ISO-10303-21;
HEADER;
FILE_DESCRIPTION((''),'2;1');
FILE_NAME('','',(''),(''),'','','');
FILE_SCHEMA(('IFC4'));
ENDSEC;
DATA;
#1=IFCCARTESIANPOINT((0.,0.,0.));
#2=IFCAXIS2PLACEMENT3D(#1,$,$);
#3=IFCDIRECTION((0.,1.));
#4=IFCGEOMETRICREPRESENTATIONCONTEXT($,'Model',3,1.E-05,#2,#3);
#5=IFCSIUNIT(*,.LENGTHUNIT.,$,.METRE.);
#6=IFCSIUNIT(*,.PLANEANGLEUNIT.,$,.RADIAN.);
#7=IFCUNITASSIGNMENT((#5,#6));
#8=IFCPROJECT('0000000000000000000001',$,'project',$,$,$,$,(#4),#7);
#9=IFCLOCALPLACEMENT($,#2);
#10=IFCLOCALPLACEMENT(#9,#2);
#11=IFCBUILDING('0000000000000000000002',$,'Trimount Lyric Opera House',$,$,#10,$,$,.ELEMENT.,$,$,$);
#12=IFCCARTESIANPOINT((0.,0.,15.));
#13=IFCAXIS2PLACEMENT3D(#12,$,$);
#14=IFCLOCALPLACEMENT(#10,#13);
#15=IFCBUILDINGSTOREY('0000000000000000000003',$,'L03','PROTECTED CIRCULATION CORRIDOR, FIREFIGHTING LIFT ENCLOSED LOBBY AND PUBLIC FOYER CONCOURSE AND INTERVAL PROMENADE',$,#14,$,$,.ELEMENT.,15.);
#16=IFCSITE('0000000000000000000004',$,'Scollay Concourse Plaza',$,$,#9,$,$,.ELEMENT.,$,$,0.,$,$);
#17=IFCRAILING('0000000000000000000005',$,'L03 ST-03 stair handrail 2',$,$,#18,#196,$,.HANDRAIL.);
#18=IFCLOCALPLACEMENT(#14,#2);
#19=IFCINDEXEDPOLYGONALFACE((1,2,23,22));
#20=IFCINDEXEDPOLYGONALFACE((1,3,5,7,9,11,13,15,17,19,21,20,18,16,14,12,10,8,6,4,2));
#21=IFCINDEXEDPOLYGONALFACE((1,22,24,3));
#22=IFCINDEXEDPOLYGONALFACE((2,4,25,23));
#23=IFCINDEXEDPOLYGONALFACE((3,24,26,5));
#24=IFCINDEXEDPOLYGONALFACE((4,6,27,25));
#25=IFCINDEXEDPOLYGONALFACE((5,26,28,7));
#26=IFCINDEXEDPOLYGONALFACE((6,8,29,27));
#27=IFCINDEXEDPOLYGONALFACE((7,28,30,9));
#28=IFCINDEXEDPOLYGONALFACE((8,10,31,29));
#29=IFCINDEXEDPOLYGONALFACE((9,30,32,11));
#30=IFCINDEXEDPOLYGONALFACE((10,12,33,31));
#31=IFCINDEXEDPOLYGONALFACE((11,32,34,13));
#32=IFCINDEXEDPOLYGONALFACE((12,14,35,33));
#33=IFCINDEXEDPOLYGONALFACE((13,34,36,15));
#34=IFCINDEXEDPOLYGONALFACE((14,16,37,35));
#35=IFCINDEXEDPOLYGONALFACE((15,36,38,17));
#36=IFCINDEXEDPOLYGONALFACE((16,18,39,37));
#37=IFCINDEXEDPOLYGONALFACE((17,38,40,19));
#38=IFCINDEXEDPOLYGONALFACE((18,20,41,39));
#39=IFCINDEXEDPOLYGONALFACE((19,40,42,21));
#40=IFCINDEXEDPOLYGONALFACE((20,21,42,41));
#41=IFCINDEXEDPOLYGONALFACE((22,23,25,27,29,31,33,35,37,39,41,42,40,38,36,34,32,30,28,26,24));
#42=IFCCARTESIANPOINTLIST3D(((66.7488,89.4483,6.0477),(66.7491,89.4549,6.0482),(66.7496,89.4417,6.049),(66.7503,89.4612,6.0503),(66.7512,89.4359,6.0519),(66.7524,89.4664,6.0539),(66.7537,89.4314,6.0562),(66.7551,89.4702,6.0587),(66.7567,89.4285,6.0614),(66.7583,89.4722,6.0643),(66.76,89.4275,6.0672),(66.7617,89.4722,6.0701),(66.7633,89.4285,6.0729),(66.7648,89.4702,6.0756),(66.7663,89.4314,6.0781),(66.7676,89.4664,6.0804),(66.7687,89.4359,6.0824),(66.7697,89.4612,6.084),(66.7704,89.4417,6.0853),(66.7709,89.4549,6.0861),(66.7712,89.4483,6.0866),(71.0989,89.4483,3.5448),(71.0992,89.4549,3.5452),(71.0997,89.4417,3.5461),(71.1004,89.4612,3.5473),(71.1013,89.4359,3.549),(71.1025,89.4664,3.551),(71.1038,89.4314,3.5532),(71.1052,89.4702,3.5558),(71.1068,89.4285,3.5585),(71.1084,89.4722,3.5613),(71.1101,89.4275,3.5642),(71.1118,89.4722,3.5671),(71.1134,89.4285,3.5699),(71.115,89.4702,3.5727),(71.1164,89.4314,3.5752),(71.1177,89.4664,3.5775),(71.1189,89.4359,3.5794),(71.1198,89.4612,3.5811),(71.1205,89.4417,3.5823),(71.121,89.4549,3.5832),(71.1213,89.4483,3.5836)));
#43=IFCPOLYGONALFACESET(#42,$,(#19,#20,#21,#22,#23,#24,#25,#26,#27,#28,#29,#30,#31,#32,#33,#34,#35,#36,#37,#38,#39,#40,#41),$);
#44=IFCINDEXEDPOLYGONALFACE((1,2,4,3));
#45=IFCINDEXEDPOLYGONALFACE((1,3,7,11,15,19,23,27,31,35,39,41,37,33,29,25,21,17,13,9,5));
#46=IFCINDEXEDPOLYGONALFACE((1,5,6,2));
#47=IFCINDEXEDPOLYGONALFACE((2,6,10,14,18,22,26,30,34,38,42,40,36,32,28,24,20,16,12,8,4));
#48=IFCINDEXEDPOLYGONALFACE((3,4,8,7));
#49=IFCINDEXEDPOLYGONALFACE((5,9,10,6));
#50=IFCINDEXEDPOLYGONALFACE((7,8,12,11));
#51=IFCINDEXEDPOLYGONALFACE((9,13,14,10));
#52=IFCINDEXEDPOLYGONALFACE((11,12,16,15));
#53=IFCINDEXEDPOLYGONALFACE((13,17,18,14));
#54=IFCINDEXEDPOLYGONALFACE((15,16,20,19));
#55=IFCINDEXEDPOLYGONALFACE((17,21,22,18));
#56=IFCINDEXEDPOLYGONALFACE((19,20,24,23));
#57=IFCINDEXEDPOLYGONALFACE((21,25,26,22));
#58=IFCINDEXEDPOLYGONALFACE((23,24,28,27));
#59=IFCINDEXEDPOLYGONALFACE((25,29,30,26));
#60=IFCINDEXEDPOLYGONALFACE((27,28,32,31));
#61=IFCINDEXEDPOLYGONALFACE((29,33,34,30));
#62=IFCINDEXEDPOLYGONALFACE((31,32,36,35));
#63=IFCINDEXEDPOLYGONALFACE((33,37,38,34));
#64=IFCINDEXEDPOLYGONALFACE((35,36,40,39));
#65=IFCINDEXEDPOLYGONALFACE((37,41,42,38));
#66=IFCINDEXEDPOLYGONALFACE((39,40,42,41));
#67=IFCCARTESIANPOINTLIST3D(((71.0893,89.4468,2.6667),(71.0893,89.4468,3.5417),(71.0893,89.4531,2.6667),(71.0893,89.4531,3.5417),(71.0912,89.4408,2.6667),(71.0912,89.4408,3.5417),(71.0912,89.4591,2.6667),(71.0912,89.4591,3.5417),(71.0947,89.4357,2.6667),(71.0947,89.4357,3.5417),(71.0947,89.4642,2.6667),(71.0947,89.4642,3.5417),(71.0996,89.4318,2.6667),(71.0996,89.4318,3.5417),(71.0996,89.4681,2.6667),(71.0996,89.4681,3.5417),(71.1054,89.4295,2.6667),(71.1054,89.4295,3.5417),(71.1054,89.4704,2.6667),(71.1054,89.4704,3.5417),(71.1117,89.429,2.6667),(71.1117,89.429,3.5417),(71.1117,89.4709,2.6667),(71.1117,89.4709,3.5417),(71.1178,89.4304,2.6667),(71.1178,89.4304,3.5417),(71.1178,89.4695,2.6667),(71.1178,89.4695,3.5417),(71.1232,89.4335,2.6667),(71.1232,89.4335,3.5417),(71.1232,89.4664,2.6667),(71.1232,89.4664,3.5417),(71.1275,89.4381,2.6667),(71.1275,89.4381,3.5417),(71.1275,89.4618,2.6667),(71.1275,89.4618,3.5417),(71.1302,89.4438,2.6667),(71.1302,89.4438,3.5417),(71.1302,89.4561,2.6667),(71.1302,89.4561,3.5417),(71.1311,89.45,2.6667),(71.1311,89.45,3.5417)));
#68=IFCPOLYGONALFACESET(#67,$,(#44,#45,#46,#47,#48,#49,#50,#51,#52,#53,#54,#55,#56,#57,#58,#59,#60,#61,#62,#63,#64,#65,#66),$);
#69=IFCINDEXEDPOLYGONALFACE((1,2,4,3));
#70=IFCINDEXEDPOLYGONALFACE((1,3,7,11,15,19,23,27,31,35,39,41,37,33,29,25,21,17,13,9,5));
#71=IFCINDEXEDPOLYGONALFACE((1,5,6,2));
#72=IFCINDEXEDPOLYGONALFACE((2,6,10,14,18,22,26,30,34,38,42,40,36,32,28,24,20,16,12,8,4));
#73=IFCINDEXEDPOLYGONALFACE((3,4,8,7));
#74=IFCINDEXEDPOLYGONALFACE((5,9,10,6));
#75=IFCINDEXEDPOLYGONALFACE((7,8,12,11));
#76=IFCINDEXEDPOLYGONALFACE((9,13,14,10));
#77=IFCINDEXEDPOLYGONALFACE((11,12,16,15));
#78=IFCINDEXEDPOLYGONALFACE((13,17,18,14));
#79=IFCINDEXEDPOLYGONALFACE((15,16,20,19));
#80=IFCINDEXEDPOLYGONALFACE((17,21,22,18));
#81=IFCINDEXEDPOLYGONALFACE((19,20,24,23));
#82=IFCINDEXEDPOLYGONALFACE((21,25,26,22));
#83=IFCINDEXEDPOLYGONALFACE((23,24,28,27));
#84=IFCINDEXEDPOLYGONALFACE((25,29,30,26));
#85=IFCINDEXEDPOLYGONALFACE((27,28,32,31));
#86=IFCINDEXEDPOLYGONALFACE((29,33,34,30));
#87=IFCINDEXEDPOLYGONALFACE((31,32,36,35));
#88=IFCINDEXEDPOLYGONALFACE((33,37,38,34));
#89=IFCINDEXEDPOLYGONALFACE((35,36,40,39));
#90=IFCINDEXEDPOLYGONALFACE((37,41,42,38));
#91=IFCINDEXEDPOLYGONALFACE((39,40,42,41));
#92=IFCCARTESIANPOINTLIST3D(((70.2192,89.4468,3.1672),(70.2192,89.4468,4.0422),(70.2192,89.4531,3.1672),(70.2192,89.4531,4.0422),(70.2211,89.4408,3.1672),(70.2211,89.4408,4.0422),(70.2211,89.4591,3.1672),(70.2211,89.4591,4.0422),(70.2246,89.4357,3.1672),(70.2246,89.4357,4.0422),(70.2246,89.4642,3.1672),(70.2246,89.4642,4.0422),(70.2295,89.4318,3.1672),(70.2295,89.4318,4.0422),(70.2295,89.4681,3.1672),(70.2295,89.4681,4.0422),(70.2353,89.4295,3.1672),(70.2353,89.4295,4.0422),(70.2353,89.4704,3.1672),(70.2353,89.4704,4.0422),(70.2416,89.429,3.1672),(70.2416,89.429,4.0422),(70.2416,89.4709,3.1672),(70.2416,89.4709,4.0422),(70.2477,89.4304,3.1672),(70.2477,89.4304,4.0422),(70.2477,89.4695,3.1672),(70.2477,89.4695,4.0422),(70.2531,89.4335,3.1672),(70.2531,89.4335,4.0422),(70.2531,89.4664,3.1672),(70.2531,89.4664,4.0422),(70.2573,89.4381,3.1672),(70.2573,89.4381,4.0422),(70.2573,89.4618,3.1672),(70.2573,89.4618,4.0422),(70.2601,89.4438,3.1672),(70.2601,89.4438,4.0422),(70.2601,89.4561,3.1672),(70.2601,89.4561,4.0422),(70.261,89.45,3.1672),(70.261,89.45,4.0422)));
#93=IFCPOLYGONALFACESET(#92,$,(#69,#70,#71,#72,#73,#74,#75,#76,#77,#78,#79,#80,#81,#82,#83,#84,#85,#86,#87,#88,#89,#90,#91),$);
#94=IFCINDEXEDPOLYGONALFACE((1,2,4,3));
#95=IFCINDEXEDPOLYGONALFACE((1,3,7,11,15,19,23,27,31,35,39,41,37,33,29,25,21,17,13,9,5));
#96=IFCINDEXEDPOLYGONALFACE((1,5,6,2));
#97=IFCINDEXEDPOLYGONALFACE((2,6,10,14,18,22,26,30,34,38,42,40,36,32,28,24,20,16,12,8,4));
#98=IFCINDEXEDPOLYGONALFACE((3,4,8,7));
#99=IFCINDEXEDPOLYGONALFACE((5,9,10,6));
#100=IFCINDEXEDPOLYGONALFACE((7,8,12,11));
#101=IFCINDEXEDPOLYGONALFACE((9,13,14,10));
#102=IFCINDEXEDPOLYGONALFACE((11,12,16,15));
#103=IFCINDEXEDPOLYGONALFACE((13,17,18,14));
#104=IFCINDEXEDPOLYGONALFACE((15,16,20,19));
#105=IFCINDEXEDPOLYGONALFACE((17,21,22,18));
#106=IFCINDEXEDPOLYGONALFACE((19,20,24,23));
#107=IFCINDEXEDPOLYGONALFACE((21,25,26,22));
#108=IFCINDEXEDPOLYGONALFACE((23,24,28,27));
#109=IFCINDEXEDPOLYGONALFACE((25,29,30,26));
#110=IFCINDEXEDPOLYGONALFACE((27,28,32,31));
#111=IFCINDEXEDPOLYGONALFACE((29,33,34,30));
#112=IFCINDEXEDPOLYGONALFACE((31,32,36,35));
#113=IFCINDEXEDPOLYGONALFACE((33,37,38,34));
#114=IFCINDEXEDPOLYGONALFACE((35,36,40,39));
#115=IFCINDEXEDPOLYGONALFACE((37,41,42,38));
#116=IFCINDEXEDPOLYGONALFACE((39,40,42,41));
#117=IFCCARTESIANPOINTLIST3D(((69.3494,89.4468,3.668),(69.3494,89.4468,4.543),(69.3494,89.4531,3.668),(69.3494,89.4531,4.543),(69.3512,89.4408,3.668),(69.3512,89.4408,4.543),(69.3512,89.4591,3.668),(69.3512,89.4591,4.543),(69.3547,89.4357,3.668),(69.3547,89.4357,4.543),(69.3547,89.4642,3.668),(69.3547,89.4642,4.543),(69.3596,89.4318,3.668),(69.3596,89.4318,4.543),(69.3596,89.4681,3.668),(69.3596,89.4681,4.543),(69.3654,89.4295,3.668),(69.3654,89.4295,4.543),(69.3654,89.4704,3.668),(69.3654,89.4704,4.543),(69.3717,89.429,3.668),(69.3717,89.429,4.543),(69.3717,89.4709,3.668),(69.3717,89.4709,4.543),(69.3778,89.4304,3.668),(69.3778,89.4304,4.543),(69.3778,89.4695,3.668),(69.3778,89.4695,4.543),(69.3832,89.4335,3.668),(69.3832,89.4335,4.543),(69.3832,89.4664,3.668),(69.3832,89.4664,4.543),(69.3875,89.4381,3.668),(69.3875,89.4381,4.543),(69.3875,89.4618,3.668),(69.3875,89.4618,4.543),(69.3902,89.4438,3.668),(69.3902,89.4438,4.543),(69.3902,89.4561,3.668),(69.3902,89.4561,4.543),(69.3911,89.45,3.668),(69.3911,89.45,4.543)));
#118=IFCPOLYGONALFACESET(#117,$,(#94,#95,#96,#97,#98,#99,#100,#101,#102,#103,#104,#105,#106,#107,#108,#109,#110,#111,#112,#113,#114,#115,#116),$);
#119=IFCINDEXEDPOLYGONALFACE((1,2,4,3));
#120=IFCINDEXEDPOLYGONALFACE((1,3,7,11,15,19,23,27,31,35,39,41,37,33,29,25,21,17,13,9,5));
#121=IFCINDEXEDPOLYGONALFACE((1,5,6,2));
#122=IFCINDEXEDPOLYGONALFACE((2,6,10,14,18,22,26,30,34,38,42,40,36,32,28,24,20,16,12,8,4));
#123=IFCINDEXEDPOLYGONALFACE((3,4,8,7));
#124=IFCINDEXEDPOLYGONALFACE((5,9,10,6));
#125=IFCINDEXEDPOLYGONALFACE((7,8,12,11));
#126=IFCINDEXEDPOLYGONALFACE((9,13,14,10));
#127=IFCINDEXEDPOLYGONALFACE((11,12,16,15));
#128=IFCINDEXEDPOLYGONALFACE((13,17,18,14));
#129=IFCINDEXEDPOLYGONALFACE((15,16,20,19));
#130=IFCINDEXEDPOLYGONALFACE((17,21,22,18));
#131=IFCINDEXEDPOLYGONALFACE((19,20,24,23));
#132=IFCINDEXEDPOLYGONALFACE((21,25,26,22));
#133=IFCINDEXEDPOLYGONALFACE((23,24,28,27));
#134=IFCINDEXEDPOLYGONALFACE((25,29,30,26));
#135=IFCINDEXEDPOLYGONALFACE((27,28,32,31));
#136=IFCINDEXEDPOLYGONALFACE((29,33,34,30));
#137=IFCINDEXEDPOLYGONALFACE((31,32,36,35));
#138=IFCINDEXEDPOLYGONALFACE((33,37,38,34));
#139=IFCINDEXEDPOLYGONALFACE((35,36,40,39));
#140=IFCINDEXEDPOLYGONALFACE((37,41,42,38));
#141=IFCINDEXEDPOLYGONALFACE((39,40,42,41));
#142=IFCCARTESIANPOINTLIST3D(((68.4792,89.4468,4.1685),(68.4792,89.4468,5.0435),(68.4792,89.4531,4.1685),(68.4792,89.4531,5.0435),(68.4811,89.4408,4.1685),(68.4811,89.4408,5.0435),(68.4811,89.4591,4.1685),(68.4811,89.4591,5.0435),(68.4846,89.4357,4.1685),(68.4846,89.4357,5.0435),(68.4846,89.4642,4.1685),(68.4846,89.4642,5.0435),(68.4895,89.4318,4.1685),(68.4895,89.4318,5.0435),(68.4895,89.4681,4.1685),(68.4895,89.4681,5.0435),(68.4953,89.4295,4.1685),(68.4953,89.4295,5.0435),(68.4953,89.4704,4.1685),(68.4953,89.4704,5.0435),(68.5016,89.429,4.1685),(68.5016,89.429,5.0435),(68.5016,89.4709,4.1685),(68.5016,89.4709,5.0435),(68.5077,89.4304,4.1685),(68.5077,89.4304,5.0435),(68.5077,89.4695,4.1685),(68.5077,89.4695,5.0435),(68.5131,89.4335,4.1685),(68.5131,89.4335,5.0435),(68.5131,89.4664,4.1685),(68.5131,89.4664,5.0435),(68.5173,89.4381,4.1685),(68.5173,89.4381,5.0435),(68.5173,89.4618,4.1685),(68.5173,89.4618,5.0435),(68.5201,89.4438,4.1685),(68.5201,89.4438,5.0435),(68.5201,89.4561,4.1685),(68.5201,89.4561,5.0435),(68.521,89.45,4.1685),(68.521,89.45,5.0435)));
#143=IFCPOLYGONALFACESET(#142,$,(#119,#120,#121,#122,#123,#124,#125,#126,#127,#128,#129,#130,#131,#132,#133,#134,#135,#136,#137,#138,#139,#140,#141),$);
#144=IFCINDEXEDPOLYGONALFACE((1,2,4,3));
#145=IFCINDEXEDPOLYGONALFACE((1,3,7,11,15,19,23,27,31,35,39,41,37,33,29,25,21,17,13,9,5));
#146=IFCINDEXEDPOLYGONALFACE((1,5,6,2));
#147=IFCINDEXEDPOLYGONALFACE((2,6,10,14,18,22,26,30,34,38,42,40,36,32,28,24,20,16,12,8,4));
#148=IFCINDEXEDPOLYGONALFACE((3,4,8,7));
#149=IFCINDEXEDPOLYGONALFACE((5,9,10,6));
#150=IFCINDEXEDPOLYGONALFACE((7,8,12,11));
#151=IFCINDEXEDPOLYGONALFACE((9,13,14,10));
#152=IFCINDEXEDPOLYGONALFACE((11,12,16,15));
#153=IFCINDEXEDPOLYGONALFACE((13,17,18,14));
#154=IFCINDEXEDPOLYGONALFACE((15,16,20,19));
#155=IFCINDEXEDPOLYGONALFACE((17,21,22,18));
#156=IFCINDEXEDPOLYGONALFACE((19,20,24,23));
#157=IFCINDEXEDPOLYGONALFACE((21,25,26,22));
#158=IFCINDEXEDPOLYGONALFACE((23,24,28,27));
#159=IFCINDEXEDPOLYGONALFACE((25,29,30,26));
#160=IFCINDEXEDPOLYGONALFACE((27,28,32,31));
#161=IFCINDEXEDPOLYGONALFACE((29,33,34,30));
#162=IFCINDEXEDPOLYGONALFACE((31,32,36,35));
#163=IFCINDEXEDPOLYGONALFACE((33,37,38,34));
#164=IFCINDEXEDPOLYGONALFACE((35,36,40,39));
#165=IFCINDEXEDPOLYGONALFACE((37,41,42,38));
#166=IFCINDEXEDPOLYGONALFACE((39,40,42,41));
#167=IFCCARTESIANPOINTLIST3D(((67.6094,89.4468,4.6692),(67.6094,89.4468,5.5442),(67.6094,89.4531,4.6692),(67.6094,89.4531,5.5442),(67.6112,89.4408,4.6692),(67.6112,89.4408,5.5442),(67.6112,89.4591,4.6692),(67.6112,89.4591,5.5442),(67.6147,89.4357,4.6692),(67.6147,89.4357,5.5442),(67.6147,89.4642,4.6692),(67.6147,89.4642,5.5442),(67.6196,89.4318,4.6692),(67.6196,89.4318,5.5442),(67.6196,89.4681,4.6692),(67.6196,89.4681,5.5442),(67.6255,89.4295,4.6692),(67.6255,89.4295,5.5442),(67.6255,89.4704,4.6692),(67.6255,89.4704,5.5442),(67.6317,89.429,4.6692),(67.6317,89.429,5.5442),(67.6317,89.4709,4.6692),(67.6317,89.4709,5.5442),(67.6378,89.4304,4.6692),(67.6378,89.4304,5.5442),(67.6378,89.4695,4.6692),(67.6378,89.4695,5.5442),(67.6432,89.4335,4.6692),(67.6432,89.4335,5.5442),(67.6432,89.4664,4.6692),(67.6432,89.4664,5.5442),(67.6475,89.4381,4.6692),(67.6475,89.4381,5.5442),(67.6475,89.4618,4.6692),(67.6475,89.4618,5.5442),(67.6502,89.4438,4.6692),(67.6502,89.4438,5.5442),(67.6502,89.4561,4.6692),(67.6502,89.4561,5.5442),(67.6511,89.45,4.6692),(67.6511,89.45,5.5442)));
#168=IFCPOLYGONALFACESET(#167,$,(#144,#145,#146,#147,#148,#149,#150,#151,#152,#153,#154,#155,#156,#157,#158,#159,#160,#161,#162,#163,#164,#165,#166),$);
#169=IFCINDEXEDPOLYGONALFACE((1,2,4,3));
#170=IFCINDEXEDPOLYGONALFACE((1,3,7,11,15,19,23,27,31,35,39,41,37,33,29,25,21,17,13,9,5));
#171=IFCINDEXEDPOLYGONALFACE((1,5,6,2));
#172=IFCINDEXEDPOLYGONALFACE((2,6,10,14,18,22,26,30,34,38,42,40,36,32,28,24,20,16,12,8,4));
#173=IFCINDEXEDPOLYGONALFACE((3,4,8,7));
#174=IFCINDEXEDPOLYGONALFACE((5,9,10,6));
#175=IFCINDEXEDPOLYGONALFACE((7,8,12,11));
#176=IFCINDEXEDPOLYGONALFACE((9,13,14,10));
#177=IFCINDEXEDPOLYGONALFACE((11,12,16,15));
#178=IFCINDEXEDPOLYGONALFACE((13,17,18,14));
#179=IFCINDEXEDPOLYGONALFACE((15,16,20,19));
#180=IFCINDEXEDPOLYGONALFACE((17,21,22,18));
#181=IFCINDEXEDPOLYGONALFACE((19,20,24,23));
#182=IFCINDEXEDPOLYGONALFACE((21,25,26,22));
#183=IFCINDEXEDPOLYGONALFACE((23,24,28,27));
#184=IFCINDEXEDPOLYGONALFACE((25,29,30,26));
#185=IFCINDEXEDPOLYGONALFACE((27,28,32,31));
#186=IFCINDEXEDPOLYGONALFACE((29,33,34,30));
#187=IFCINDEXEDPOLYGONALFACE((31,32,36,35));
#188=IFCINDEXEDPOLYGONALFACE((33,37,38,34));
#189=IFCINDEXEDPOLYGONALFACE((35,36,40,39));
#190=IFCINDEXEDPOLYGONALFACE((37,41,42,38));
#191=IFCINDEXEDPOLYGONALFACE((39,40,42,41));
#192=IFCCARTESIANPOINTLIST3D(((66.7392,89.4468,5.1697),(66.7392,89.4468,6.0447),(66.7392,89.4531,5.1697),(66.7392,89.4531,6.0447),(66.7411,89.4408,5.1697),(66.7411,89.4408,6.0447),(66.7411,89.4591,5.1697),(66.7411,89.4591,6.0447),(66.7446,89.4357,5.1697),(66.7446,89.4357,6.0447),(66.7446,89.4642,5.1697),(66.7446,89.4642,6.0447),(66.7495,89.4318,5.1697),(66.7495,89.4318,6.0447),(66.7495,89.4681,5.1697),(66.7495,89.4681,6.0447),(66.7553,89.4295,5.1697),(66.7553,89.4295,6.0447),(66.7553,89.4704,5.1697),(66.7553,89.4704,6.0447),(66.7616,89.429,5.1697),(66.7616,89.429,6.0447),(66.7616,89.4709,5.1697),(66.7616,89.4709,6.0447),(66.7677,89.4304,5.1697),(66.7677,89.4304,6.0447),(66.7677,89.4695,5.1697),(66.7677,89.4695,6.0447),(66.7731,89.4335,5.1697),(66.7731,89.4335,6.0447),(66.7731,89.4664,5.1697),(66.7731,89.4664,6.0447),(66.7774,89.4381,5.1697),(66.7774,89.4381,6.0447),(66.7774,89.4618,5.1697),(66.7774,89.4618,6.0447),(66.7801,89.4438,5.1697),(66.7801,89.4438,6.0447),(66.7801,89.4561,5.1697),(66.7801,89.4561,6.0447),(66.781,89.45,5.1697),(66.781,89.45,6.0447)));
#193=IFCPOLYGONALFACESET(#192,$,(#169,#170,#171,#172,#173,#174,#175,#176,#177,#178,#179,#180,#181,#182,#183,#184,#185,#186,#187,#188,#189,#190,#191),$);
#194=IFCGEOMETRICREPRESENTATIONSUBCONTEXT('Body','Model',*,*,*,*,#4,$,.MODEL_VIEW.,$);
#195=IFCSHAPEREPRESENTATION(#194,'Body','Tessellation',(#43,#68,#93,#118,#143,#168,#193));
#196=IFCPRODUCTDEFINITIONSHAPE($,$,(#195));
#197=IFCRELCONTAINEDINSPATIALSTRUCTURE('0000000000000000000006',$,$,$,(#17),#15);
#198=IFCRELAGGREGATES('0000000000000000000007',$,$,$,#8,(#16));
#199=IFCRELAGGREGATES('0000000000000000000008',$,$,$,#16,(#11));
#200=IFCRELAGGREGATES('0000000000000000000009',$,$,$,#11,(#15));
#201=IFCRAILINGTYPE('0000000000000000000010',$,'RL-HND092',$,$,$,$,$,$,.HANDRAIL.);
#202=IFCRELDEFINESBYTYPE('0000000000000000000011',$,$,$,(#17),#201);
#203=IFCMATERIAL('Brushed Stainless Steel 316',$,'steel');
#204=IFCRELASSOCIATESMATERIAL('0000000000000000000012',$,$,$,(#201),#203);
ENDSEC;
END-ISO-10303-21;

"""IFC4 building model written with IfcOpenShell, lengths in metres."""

from ifc_helpers import new_model, si_unit, direction, frame, origin, origin_2d, place, context, subcontext, project, spatial, circle, extrude, material, type_object, element, save


model = new_model("IFC4")

# Units and contexts
model_context = context("Model", 3, precision=1e-05, world=origin(), true_north=direction((0.0, 1.0)))
body_context = subcontext(model_context, "Body", "Model", "MODEL_VIEW")
ifc_project = project(units=[si_unit("LENGTHUNIT", "METRE"), si_unit("PLANEANGLEUNIT", "RADIAN")], contexts=[model_context])

# Site, building, storey
site_placement = place(None, origin())
site = spatial("IfcSite", under=ifc_project, at=site_placement, Name="Scollay Concourse Plaza", CompositionType="ELEMENT", RefElevation=0.0)
building_placement = place(site_placement, origin())
building = spatial("IfcBuilding", under=site, at=building_placement, Name="Trimount Lyric Opera House", CompositionType="ELEMENT")
storey_placement = place(building_placement, frame((0.0, 0.0, 15.0)))
storey = spatial("IfcBuildingStorey", under=building, at=storey_placement, Name="L03", Description="PROTECTED CIRCULATION CORRIDOR, FIREFIGHTING LIFT ENCLOSED LOBBY AND PUBLIC FOYER CONCOURSE AND INTERVAL PROMENADE", CompositionType="ELEMENT", Elevation=15.0)

# Railing
ifc_material_1 = material(Name="Brushed Stainless Steel 316", Category="steel")
railing_type_1 = type_object("IfcRailingType", Name="RL-HND092", PredefinedType="HANDRAIL", material=ifc_material_1)
railing_1_placement = place(storey_placement, frame((71.1101, 89.45, 2.6667)))
element("IfcRailing", 1, at=railing_1_placement, inside=storey, type_object=railing_type_1, Name="L03 ST-03 stair handrail 2", PredefinedType="HANDRAIL", context=body_context, shape_type="SweptSolid", body=[
    extrude(circle(Radius=0.0225, at=origin_2d()), frame((0.0, 0.0, 0.8975), z_axis=(-0.866766, 0.0, 0.498714), x_axis=(0.0, -1.0, 0.0)), (0.0, 0.0, 1.0), 5.0188),
    extrude(circle(Radius=0.021, at=origin_2d()), origin(), (0.0, 0.0, 1.0), 0.875),
    extrude(circle(Radius=0.021, at=origin_2d()), frame((-0.8701, 0.0, 0.5005)), (0.0, 0.0, 1.0), 0.875),
    extrude(circle(Radius=0.021, at=origin_2d()), frame((-1.74, 0.0, 1.0012)), (0.0, 0.0, 1.0), 0.875),
    extrude(circle(Radius=0.021, at=origin_2d()), frame((-2.6101, 0.0, 1.5017)), (0.0, 0.0, 1.0), 0.875),
    extrude(circle(Radius=0.021, at=origin_2d()), frame((-3.48, 0.0, 2.0024)), (0.0, 0.0, 1.0), 0.875),
    extrude(circle(Radius=0.021, at=origin_2d()), frame((-4.3501, 0.0, 2.5029)), (0.0, 0.0, 1.0), 0.875),
])

save(model, "model.ifc")
